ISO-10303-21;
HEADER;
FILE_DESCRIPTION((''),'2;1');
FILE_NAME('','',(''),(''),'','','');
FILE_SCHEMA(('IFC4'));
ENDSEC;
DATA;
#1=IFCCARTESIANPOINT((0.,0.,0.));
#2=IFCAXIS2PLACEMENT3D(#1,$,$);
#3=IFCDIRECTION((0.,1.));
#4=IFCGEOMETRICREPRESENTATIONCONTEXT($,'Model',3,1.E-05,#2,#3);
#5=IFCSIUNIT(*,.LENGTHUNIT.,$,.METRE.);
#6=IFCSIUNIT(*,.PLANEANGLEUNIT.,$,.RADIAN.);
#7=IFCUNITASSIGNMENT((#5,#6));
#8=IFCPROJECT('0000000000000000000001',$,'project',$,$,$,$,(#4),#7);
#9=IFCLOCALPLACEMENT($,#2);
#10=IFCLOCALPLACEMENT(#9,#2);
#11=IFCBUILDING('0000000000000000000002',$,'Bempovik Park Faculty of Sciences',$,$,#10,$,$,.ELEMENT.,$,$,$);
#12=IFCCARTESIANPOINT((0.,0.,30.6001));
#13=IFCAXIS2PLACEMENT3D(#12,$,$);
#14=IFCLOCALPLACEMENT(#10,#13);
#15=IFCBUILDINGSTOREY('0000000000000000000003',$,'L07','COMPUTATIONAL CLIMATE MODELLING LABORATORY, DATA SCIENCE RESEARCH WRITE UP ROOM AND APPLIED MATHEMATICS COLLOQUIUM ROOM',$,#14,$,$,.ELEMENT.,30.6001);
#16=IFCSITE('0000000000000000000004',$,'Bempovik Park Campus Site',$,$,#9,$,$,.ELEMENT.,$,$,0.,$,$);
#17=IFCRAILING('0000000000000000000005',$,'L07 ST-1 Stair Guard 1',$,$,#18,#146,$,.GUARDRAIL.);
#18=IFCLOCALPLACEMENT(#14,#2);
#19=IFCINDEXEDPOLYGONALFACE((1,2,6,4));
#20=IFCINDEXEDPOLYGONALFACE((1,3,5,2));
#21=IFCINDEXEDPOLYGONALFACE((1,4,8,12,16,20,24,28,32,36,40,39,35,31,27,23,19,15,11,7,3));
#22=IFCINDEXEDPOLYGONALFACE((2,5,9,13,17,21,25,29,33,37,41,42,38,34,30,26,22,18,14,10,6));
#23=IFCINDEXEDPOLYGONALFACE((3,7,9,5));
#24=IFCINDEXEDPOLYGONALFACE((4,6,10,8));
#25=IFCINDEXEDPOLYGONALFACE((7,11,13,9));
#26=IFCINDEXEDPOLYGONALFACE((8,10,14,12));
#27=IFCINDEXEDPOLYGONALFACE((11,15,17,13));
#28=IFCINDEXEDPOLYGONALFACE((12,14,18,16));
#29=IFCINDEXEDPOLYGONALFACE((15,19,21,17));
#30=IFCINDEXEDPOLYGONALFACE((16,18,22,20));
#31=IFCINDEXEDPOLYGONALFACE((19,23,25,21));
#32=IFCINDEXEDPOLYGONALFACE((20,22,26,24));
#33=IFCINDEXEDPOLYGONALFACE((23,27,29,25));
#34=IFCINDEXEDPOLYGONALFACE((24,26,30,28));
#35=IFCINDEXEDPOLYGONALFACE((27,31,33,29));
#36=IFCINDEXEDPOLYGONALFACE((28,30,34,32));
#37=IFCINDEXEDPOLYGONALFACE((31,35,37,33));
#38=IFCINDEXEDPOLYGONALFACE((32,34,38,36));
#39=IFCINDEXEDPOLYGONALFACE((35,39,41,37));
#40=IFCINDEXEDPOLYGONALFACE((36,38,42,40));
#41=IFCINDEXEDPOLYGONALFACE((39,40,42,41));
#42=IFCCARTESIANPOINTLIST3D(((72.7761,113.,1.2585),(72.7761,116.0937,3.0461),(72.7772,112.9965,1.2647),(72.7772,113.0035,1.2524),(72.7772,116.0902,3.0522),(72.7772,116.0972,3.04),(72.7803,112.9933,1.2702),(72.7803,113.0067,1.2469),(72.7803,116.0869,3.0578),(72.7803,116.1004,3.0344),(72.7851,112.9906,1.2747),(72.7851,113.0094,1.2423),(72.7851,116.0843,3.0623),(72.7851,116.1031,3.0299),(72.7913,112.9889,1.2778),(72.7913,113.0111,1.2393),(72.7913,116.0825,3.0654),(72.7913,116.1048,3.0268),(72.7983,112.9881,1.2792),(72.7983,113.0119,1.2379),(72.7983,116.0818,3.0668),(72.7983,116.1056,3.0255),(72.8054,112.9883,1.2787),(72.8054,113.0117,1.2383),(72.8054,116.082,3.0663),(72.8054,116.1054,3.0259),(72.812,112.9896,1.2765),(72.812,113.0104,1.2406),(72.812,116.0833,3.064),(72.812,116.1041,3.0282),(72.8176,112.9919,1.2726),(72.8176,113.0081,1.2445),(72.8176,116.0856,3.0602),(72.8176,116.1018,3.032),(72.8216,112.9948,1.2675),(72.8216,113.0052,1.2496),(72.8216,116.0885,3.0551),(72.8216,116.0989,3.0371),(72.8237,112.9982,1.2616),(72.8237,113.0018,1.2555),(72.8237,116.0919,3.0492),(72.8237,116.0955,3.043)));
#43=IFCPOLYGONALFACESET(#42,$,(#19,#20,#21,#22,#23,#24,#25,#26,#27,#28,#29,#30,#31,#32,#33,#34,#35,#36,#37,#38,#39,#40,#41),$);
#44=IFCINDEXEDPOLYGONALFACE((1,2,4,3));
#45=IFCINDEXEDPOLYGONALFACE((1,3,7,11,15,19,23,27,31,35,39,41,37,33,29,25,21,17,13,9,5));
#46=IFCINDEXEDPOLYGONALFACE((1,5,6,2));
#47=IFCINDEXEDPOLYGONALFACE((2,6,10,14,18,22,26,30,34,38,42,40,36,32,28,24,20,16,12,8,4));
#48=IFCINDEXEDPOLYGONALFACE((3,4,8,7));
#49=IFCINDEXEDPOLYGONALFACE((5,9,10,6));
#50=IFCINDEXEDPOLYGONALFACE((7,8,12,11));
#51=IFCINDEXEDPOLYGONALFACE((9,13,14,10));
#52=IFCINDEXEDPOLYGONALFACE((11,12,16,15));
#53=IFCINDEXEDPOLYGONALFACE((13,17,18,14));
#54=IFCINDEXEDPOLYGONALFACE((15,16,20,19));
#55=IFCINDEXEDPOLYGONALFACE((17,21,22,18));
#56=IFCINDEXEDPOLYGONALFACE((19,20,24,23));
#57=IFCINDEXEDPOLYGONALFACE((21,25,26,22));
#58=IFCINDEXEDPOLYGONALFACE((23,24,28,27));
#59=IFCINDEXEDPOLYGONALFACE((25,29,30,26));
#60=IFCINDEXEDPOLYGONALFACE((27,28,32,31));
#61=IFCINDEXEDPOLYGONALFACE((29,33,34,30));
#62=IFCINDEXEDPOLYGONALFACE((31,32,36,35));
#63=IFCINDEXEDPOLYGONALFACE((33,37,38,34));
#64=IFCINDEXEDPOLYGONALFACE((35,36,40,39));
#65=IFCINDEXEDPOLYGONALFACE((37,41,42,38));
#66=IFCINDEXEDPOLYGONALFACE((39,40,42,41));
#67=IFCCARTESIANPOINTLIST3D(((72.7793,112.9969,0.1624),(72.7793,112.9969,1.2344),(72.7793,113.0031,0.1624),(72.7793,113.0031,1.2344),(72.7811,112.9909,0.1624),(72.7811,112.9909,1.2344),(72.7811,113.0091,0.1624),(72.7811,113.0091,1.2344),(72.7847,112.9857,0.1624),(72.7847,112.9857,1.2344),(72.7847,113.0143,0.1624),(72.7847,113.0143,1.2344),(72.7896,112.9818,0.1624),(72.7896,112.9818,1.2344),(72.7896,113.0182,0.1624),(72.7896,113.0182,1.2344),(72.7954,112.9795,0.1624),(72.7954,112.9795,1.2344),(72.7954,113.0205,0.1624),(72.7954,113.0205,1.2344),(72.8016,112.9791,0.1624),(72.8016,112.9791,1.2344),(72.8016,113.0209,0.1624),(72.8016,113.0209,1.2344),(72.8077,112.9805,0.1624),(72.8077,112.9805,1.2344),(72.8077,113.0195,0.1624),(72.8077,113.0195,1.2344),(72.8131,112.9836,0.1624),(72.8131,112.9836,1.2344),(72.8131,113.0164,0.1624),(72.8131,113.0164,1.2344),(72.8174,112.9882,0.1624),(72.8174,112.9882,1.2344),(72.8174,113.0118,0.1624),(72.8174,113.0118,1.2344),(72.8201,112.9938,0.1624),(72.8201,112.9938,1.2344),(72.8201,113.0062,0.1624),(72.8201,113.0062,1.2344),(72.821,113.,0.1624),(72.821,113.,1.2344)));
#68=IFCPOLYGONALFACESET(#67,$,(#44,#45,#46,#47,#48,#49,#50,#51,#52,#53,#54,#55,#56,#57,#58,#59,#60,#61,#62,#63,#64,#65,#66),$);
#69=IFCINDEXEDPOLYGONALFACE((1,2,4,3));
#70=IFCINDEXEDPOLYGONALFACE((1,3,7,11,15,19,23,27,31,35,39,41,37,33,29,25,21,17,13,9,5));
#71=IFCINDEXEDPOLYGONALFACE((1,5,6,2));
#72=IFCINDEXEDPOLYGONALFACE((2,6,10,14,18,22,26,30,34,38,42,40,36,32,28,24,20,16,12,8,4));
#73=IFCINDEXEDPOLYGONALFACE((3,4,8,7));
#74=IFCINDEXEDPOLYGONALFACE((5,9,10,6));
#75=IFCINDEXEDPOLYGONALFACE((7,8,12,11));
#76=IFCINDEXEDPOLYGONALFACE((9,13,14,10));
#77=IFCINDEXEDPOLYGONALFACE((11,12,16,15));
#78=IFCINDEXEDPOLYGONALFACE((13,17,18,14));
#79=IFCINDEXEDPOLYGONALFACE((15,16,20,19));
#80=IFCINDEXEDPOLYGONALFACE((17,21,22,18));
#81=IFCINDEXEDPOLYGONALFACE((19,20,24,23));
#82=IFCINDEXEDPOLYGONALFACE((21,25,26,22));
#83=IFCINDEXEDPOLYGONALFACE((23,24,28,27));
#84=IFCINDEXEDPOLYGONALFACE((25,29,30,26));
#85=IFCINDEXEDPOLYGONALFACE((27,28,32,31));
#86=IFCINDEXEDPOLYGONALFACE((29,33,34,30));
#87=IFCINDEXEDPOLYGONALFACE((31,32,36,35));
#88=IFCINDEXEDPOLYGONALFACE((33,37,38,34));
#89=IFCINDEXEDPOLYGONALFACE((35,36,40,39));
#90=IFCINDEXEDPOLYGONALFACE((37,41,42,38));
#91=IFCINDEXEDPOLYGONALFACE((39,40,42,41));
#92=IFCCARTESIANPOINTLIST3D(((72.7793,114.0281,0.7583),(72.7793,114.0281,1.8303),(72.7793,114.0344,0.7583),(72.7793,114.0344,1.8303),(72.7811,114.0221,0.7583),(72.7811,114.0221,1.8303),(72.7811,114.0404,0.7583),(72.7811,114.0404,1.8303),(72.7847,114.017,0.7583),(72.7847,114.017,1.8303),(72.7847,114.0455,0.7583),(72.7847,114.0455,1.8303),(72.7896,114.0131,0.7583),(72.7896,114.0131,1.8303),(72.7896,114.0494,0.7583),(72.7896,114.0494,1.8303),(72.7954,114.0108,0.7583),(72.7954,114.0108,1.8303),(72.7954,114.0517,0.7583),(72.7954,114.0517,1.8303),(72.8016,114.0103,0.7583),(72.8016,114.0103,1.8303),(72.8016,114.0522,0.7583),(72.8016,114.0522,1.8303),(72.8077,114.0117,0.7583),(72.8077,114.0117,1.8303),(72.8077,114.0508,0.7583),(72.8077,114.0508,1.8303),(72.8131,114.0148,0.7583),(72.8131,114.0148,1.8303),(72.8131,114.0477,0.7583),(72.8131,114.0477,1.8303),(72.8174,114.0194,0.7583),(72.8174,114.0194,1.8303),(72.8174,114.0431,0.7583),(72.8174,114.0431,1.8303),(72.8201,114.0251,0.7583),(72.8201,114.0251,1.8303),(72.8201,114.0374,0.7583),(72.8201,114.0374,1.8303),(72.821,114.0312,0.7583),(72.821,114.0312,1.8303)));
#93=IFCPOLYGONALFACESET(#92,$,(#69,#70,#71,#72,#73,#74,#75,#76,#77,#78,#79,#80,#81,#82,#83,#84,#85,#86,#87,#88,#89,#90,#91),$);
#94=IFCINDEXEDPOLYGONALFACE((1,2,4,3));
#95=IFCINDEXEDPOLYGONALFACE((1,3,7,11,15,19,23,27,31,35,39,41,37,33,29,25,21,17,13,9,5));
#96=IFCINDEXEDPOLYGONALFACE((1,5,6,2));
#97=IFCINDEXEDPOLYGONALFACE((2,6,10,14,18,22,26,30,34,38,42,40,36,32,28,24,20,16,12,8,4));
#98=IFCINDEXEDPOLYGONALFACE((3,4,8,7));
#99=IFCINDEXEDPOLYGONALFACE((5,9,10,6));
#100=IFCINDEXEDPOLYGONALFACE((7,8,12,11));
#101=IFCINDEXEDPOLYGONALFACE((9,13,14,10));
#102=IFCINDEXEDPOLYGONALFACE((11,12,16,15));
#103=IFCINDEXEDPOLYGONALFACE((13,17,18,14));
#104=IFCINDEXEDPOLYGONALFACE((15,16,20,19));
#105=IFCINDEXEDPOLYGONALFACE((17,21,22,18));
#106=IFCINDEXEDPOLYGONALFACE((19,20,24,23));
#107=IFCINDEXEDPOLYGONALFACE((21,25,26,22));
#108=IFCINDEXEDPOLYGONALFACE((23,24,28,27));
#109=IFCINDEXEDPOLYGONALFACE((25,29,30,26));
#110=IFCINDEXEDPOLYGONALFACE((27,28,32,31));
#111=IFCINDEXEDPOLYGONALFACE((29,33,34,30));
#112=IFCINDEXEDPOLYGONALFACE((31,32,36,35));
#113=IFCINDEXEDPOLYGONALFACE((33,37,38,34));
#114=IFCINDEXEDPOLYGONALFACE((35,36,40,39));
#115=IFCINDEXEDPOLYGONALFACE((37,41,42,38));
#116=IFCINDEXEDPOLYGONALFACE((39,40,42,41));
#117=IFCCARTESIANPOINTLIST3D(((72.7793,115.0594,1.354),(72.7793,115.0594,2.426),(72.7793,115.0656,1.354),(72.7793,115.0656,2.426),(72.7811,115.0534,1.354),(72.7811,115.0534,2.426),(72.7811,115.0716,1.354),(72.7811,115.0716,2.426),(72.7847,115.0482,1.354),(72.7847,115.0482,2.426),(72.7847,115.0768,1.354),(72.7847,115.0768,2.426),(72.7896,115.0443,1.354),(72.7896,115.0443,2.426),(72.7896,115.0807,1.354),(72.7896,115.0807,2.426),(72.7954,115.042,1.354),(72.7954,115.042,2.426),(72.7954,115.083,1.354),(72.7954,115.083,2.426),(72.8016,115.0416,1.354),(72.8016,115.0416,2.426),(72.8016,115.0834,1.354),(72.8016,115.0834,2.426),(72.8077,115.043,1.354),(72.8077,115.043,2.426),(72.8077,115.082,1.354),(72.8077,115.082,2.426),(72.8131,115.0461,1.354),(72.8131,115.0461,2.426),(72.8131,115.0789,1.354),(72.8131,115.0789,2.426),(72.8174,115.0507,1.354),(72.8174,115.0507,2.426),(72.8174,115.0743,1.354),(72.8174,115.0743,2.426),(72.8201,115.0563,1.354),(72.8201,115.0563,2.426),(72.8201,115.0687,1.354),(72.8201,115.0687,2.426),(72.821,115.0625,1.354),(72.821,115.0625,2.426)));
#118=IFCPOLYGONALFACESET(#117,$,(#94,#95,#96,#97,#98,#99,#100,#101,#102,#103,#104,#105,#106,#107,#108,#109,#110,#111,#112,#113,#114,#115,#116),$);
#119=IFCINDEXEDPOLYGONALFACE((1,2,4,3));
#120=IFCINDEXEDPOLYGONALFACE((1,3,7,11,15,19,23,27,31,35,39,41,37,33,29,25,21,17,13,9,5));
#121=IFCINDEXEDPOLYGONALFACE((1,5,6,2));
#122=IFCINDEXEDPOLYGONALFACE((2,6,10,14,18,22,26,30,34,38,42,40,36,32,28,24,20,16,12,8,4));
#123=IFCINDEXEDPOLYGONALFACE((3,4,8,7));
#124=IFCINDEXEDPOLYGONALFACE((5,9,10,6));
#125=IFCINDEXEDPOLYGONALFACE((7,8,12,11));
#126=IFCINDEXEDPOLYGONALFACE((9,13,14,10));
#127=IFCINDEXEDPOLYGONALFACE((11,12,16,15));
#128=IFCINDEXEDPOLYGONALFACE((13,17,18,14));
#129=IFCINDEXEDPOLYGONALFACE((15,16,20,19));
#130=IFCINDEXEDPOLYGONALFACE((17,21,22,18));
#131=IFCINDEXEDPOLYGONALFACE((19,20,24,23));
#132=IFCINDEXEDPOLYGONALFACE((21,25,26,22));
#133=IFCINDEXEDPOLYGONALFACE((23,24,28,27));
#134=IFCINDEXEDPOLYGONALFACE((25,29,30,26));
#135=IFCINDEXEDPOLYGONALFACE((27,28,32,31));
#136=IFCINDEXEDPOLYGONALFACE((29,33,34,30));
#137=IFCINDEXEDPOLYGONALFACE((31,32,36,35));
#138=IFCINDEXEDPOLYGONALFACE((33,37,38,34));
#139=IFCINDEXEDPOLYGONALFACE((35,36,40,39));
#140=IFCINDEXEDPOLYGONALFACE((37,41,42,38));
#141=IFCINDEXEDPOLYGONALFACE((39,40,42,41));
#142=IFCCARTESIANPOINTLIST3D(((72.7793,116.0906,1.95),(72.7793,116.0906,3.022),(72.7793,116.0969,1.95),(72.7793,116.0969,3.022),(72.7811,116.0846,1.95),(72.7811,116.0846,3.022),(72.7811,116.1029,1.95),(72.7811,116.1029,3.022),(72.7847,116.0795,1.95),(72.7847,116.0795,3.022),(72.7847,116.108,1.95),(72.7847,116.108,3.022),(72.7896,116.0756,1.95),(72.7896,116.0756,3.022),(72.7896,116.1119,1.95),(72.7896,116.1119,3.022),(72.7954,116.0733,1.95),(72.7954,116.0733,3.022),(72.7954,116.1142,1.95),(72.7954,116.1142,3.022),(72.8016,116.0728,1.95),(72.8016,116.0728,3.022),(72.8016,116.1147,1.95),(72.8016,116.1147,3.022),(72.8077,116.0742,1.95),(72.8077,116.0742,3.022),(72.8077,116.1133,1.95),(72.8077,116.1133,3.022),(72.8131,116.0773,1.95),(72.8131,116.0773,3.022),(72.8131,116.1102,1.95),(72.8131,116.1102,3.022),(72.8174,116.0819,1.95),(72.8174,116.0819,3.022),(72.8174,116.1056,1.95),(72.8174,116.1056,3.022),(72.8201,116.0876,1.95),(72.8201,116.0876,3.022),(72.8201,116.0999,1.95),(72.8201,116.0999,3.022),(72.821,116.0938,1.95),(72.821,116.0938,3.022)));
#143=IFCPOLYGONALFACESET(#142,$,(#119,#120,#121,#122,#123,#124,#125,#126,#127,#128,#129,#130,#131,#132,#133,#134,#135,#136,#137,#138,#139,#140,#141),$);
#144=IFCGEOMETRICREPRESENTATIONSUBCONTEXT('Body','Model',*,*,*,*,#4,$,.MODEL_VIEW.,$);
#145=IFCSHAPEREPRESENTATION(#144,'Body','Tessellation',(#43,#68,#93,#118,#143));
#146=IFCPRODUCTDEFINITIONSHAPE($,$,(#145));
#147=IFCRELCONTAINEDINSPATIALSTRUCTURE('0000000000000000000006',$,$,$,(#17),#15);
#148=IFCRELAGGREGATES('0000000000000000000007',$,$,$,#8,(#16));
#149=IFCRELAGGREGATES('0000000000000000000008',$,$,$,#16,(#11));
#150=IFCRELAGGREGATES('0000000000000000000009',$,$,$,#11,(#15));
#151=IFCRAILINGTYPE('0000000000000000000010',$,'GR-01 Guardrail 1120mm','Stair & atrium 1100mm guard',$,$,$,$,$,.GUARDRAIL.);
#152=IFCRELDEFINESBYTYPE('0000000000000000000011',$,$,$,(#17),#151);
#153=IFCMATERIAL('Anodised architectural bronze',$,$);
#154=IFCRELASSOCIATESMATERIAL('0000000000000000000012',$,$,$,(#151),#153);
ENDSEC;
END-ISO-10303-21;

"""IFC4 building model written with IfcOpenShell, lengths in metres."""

from ifc_helpers import new_model, si_unit, direction, frame, origin, origin_2d, place, context, subcontext, project, spatial, circle, extrude, material, type_object, element, save


model = new_model("IFC4")

# Units and contexts
model_context = context("Model", 3, precision=1e-05, world=origin(), true_north=direction((0.0, 1.0)))
body_context = subcontext(model_context, "Body", "Model", "MODEL_VIEW")
ifc_project = project(units=[si_unit("LENGTHUNIT", "METRE"), si_unit("PLANEANGLEUNIT", "RADIAN")], contexts=[model_context])

# Site, building, storey
site_placement = place(None, origin())
site = spatial("IfcSite", under=ifc_project, at=site_placement, Name="Bempovik Park Campus Site", CompositionType="ELEMENT", RefElevation=0.0)
building_placement = place(site_placement, origin())
building = spatial("IfcBuilding", under=site, at=building_placement, Name="Bempovik Park Faculty of Sciences", CompositionType="ELEMENT")
storey_placement = place(building_placement, frame((0.0, 0.0, 30.6001)))
storey = spatial("IfcBuildingStorey", under=building, at=storey_placement, Name="L07", Description="COMPUTATIONAL CLIMATE MODELLING LABORATORY, DATA SCIENCE RESEARCH WRITE UP ROOM AND APPLIED MATHEMATICS COLLOQUIUM ROOM", CompositionType="ELEMENT", Elevation=30.6001)

# Railing
ifc_material_1 = material(Name="Anodised architectural bronze")
railing_type_1 = type_object("IfcRailingType", Name="GR-01 Guardrail 1120mm", Description="Stair & atrium 1100mm guard", PredefinedType="GUARDRAIL", material=ifc_material_1)
railing_1_placement = place(storey_placement, frame((72.8, 113.0, 0.1624)))
element("IfcRailing", 1, at=railing_1_placement, inside=storey, type_object=railing_type_1, Name="L07 ST-1 Stair Guard 1", PredefinedType="GUARDRAIL", context=body_context, shape_type="SweptSolid", body=[
    extrude(circle(Radius=0.0239, at=origin_2d()), frame((0.0, 0.0, 1.0962), z_axis=(0.0, 0.865853, 0.500298), x_axis=(-1.0, 0.0, 0.0)), (0.0, 0.0, 1.0), 3.573),
    extrude(circle(Radius=0.021, at=origin_2d()), origin(), (0.0, 0.0, 1.0), 1.072),
    extrude(circle(Radius=0.021, at=origin_2d()), frame((0.0, 1.0312, 0.5959)), (0.0, 0.0, 1.0), 1.072),
    extrude(circle(Radius=0.021, at=origin_2d()), frame((0.0, 2.0625, 1.1917)), (0.0, 0.0, 1.0), 1.072),
    extrude(circle(Radius=0.021, at=origin_2d()), frame((0.0, 3.0938, 1.7876)), (0.0, 0.0, 1.0), 1.072),
])

save(model, "model.ifc")
